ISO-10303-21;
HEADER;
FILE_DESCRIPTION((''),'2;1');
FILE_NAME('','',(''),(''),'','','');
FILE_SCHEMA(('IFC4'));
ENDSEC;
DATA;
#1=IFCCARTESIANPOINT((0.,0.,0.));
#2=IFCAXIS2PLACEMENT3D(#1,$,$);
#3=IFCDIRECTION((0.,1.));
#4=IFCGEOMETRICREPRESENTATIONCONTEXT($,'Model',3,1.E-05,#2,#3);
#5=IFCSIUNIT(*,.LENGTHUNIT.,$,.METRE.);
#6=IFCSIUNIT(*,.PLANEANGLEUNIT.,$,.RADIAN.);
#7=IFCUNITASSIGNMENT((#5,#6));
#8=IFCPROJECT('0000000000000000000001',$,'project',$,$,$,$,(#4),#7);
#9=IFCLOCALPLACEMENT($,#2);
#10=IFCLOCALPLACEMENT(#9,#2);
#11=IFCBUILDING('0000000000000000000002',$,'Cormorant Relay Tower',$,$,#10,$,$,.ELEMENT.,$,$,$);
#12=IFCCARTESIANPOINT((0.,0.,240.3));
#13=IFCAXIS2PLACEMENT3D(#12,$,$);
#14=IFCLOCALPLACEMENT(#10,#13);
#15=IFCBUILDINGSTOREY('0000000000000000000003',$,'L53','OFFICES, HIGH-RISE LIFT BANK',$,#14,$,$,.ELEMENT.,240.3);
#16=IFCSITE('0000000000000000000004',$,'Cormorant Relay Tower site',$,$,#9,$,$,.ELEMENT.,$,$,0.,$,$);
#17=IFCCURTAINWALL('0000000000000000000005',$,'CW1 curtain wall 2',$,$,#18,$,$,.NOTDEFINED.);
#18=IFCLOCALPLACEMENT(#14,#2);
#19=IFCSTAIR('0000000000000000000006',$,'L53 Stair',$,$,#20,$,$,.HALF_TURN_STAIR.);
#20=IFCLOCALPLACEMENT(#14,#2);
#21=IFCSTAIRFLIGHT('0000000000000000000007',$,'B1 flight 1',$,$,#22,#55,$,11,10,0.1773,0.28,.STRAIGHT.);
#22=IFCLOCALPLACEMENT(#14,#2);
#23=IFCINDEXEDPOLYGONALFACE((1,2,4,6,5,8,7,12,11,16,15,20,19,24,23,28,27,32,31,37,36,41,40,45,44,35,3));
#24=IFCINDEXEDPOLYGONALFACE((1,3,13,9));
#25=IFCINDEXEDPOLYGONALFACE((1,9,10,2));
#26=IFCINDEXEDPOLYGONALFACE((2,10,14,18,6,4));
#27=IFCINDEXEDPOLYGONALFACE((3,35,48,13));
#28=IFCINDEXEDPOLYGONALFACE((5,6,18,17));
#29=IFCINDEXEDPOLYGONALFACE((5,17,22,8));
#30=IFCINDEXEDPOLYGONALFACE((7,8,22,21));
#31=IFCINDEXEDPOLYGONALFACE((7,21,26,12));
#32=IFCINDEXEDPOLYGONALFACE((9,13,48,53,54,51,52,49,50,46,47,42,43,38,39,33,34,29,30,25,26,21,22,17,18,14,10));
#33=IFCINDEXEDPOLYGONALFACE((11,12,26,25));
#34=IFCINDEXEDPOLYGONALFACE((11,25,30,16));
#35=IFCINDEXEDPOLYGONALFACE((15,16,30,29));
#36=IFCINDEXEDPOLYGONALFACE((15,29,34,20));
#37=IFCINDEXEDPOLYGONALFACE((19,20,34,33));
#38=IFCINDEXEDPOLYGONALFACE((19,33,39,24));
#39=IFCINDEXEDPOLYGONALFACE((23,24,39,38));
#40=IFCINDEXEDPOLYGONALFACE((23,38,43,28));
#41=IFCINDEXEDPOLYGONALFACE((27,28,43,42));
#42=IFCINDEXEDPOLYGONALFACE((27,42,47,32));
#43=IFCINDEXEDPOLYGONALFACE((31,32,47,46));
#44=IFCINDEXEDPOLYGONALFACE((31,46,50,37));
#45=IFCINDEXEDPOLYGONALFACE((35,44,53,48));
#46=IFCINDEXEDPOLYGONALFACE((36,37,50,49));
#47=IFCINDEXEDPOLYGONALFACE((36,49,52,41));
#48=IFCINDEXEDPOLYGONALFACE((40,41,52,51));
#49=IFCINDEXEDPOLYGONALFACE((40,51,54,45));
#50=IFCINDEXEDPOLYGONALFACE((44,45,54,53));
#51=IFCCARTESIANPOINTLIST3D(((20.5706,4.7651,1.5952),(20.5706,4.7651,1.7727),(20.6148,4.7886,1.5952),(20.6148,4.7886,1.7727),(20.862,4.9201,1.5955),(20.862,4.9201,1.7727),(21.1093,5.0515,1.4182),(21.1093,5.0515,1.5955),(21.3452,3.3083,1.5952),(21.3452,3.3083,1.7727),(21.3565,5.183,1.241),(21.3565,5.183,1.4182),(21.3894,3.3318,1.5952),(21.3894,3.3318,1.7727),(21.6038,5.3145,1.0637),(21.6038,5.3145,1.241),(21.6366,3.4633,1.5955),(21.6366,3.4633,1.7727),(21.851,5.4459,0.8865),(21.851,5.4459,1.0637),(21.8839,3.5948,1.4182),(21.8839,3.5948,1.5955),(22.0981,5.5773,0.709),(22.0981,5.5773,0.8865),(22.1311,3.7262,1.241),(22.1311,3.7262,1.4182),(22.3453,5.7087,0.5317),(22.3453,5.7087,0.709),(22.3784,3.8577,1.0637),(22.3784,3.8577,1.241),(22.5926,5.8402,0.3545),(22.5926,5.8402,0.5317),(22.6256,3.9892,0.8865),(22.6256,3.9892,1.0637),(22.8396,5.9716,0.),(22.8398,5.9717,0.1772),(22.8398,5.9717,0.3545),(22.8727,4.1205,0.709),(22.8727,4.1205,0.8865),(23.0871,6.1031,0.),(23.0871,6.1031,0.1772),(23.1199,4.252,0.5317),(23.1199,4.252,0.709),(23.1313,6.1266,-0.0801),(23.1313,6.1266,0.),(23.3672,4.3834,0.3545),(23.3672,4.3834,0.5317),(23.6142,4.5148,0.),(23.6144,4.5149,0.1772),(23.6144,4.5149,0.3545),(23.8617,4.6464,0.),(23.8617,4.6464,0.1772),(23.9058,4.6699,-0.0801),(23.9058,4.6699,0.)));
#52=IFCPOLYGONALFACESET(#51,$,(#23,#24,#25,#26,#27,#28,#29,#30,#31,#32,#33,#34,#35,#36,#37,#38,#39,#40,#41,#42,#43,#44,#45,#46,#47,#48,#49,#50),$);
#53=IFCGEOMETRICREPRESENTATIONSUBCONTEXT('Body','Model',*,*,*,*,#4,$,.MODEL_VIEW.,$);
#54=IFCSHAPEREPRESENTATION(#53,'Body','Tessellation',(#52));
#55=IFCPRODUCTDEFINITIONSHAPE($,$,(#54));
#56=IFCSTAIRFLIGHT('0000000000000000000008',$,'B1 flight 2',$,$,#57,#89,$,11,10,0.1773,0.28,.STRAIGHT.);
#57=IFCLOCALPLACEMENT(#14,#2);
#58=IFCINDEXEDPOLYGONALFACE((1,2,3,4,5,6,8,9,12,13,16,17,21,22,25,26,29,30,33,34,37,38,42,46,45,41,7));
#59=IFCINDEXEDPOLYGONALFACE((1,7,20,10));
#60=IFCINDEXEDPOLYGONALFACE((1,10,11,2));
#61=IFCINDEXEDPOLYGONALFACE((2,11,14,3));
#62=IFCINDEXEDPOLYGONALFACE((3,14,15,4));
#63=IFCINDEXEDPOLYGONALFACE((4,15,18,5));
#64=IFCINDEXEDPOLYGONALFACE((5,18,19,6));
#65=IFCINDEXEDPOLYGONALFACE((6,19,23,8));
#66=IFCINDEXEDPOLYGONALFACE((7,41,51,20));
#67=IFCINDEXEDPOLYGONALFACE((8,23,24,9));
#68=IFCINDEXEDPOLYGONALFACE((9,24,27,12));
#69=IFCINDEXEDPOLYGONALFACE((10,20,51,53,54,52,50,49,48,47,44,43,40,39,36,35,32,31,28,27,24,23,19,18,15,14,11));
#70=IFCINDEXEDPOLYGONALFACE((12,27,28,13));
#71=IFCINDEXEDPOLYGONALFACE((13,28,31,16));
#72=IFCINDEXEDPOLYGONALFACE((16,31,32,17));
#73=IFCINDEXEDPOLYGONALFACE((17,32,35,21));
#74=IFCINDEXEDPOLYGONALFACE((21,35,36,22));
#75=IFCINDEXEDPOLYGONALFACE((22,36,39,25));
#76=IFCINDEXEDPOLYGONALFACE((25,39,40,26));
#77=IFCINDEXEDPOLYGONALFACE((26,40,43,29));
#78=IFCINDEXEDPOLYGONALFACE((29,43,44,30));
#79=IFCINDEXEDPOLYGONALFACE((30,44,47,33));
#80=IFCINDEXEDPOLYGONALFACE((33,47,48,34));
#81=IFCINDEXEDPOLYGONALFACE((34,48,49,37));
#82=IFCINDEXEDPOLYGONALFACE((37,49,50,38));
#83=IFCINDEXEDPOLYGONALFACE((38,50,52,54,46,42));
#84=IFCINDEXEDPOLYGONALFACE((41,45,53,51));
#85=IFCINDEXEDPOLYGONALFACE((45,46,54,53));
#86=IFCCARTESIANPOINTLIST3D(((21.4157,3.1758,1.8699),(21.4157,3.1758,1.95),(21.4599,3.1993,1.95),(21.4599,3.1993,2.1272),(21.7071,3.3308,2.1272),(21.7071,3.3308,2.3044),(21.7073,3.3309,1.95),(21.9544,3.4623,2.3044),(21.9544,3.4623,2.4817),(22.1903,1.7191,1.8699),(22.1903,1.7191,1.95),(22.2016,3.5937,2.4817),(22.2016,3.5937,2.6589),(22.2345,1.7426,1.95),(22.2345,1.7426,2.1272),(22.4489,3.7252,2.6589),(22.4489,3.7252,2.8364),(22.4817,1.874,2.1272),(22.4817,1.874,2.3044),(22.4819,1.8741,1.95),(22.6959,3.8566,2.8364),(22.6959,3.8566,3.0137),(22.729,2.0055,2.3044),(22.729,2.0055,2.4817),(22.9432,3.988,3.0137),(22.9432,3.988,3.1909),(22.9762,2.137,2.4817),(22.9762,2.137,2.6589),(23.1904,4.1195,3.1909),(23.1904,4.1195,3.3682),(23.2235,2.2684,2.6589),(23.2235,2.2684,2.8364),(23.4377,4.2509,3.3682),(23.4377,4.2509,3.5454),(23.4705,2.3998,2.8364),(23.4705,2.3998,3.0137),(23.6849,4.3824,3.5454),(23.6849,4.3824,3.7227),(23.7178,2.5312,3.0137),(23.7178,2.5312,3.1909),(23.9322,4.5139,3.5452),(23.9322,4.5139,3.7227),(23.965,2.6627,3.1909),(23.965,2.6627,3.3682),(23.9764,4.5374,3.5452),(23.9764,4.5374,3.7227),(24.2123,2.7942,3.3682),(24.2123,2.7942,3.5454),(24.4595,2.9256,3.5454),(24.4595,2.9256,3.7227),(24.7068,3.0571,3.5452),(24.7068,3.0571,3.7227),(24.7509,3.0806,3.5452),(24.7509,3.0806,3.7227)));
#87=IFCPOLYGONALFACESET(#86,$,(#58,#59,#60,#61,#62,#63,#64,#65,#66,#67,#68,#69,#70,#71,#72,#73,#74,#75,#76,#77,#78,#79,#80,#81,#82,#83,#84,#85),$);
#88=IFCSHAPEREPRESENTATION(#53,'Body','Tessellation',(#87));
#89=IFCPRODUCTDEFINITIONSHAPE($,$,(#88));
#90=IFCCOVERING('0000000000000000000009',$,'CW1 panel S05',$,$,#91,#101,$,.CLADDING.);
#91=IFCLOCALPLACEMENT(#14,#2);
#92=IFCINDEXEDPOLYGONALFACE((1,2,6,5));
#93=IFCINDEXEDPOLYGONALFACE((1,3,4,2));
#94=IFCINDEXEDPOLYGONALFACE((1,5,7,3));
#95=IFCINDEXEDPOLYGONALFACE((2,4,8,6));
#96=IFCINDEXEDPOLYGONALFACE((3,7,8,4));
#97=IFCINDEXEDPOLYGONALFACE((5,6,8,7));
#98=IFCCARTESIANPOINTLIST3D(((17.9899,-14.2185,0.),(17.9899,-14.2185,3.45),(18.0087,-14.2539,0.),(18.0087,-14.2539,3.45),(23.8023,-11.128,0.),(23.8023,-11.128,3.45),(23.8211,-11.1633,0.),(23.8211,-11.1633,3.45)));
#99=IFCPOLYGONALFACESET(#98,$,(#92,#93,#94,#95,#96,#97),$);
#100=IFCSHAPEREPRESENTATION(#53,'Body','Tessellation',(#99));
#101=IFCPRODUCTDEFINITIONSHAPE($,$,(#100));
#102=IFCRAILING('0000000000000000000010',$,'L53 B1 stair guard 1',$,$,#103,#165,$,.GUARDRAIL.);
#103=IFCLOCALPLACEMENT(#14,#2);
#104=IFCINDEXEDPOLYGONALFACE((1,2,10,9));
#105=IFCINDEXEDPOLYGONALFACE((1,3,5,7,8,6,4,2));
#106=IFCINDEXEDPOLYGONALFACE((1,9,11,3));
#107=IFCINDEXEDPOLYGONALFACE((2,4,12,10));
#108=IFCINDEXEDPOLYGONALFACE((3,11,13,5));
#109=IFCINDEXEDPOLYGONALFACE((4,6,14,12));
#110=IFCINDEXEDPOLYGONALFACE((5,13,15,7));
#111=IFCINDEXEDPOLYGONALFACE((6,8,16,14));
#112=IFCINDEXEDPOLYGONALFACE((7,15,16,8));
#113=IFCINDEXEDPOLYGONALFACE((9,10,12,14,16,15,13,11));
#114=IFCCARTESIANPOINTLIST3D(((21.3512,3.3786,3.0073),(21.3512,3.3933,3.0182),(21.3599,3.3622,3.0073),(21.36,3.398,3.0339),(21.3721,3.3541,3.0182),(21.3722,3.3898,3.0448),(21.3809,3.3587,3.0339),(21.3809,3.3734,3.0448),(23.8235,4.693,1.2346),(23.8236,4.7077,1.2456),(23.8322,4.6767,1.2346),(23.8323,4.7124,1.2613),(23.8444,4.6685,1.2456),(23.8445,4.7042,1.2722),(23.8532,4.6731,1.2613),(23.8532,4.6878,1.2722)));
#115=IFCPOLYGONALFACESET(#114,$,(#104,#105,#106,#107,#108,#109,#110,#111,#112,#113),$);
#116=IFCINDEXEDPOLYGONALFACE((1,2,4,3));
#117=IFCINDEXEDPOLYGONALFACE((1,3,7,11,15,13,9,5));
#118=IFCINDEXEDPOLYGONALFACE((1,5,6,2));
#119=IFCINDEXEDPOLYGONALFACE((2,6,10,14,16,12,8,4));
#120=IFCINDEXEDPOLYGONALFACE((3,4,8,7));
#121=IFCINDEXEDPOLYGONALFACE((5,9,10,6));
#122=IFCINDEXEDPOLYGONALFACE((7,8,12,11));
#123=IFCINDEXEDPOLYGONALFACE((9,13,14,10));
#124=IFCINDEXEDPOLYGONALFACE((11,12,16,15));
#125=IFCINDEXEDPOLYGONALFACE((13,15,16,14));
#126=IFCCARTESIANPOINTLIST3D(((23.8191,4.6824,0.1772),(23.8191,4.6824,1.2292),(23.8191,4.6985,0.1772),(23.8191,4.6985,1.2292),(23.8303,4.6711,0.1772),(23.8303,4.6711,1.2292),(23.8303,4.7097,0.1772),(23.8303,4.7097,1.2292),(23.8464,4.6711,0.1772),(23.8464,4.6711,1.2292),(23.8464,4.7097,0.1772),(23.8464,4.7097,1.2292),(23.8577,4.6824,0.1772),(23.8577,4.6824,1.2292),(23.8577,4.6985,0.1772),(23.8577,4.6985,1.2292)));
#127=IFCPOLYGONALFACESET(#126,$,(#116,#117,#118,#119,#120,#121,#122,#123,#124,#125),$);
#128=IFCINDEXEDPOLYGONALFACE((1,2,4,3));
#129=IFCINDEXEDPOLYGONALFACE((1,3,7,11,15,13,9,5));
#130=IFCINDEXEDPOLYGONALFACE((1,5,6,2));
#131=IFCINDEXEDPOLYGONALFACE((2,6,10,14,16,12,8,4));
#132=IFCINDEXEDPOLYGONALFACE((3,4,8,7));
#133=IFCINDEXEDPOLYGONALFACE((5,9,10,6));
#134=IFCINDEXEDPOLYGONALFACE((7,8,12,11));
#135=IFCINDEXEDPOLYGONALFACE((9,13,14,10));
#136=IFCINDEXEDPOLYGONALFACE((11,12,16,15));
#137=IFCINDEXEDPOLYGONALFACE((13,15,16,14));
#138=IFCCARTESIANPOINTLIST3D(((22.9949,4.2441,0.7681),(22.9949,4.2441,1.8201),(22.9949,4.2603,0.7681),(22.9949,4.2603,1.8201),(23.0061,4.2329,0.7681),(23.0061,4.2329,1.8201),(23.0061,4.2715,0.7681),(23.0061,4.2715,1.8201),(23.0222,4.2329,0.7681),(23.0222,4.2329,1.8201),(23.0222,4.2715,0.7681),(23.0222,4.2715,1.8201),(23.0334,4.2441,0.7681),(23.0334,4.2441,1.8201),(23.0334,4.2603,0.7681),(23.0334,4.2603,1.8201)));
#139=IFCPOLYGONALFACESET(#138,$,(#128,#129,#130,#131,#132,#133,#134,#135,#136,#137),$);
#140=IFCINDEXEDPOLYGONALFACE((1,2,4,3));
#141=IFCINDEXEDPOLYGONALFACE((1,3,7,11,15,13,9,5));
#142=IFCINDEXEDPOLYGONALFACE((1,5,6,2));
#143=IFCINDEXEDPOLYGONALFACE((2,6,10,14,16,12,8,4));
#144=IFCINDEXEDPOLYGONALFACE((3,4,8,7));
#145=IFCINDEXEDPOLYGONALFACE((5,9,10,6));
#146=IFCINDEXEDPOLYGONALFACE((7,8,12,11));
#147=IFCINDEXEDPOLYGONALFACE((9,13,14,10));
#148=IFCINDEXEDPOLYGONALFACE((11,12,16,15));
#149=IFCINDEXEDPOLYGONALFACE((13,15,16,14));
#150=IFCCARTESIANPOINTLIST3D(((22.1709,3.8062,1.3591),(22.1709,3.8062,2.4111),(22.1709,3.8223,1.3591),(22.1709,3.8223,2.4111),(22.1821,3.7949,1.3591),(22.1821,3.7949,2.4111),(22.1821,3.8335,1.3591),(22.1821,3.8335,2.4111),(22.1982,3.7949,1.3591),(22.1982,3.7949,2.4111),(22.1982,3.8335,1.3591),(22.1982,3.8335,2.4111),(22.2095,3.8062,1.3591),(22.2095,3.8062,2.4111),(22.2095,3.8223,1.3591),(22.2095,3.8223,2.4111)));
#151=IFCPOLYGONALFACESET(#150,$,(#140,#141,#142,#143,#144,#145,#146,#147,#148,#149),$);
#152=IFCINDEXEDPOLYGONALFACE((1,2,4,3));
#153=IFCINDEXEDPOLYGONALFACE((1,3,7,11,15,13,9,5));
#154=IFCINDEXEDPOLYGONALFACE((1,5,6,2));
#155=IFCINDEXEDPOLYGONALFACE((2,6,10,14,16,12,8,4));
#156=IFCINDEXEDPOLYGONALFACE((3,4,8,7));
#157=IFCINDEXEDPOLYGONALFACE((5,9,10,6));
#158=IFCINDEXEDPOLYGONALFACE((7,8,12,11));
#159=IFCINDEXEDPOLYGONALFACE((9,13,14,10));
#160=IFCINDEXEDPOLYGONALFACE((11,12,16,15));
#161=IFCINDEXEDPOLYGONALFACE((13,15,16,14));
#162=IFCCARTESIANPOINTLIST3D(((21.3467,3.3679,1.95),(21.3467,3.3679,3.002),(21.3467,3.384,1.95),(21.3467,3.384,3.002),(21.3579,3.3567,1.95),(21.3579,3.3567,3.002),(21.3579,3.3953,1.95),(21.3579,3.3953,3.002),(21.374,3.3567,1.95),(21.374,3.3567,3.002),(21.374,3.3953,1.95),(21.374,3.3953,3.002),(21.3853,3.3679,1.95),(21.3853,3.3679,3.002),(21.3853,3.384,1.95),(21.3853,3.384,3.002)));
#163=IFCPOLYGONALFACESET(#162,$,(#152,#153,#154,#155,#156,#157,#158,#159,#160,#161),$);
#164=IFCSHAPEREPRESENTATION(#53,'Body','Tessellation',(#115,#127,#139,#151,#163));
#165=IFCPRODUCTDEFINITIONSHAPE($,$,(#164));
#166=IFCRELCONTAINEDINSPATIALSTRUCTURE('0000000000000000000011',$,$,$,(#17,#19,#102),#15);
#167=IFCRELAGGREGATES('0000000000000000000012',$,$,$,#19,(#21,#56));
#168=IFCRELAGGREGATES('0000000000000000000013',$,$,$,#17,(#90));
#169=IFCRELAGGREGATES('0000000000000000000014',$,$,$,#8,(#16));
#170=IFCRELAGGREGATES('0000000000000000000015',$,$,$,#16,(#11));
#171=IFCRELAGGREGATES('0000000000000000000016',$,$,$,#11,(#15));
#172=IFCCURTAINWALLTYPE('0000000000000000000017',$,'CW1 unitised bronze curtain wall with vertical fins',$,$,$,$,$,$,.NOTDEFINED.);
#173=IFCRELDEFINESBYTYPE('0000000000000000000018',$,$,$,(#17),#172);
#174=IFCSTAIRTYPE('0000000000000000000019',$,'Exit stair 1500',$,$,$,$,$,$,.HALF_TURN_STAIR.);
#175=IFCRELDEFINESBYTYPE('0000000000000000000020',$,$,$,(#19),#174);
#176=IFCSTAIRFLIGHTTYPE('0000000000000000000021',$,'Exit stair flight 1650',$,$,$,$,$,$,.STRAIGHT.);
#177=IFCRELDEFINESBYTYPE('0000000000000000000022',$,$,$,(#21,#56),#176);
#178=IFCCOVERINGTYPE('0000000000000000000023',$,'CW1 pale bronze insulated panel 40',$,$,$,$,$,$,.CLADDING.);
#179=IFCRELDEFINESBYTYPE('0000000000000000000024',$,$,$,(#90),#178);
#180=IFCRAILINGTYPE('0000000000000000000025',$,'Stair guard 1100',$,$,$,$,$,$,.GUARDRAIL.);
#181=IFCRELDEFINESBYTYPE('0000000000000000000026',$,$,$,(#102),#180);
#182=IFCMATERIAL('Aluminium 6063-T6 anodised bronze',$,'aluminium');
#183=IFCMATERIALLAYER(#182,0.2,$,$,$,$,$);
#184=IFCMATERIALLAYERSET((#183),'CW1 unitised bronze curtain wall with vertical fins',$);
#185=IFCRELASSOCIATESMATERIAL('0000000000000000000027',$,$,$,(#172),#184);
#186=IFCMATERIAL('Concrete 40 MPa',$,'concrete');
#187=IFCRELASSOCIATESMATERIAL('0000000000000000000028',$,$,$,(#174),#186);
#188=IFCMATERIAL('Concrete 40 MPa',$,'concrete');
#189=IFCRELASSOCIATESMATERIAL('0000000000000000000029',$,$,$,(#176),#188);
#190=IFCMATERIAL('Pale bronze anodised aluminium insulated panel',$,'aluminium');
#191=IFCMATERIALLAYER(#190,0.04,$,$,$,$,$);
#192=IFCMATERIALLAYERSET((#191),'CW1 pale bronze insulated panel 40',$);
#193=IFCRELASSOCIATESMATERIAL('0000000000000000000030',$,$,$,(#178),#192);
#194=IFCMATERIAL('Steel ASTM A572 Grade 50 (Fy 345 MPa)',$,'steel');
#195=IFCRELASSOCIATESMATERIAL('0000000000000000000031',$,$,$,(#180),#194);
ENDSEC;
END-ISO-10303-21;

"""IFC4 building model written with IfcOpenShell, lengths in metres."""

from ifc_helpers import new_model, si_unit, direction, frame, origin, origin_2d, place, context, subcontext, project, spatial, polyline, rectangle, outline, extrude, material, layer, layer_set, type_object, element, aggregate, save


model = new_model("IFC4")

# Units and contexts
model_context = context("Model", 3, precision=1e-05, world=origin(), true_north=direction((0.0, 1.0)))
body_context = subcontext(model_context, "Body", "Model", "MODEL_VIEW")
ifc_project = project(units=[si_unit("LENGTHUNIT", "METRE"), si_unit("PLANEANGLEUNIT", "RADIAN")], contexts=[model_context])

# Site, building, storey
site_placement = place(None, origin())
site = spatial("IfcSite", under=ifc_project, at=site_placement, Name="Cormorant Relay Tower site", CompositionType="ELEMENT", RefElevation=0.0)
building_placement = place(site_placement, origin())
building = spatial("IfcBuilding", under=site, at=building_placement, Name="Cormorant Relay Tower", CompositionType="ELEMENT")
storey_placement = place(building_placement, frame((0.0, 0.0, 240.3)))
storey = spatial("IfcBuildingStorey", under=building, at=storey_placement, Name="L53", Description="OFFICES, HIGH-RISE LIFT BANK", CompositionType="ELEMENT", Elevation=240.3)

# Curtain wall
ifc_material_1 = material(Name="Aluminium 6063-T6 anodised bronze", Category="aluminium")
ifc_layer_1 = layer(ifc_material_1, 0.2)
ifc_layer_set_1 = layer_set([ifc_layer_1], Name="CW1 unitised bronze curtain wall with vertical fins")
curtain_wall_type = type_object("IfcCurtainWallType", Name="CW1 unitised bronze curtain wall with vertical fins", PredefinedType="NOTDEFINED", material=ifc_layer_set_1)
curtain_wall_placement = place(storey_placement, origin())
curtain_wall = element("IfcCurtainWall", 1, at=curtain_wall_placement, inside=storey, type_object=curtain_wall_type, Name="CW1 curtain wall 2", PredefinedType="NOTDEFINED")

# Stair, stair flights
ifc_material_2 = material(Name="Concrete 40 MPa", Category="concrete")
stair_type = type_object("IfcStairType", Name="Exit stair 1500", PredefinedType="HALF_TURN_STAIR", material=ifc_material_2)
stair_placement = place(storey_placement, origin())
stair = element("IfcStair", 2, at=stair_placement, inside=storey, type_object=stair_type, Name="L53 Stair", PredefinedType="HALF_TURN_STAIR")
ifc_material_3 = material(Name="Concrete 40 MPa", Category="concrete")
stair_flight_type = type_object("IfcStairFlightType", Name="Exit stair flight 1650", PredefinedType="STRAIGHT", material=ifc_material_3)
stair_flight_1_placement = place(storey_placement, frame((23.4744, 5.3748, 0.0), z_axis=(0.0, 0.0, 1.0), x_axis=(-0.882948, -0.469472, 0.0)))
stair_flight_1 = element("IfcStairFlight", 3, at=stair_flight_1_placement, type_object=stair_flight_type, Name="B1 flight 1", NumberOfRisers=11, NumberOfTreads=10, PredefinedType="STRAIGHT", RiserHeight=0.1773, TreadLength=0.28, context=body_context, shape_type="SweptSolid", body=[
    extrude(outline(polyline([(-0.05, -0.0801), (-0.05, 0.0), (0.0, 0.0), (0.0, 0.1772), (0.28, 0.1772), (0.28, 0.3545), (0.5601, 0.3545), (0.5601, 0.5317), (0.8401, 0.5317), (0.8401, 0.709), (1.1201, 0.709), (1.1201, 0.8865), (1.3999, 0.8865), (1.3999, 1.0637), (1.6799, 1.0637), (1.6799, 1.241), (1.96, 1.241), (1.96, 1.4182), (2.24, 1.4182), (2.24, 1.5955), (2.52, 1.5955), (2.52, 1.7727), (2.8, 1.7727), (2.8501, 1.7727), (2.8501, 1.5952), (2.8, 1.5952), (0.2803, 0.0), (-0.05, -0.0801)])), frame((0.0, 0.825, 0.0), z_axis=(0.0, -1.0, 0.0), x_axis=(1.0, 0.0, 0.0)), (0.0, 0.0, 1.0), 1.6499),
])
stair_flight_2_placement = place(storey_placement, frame((21.8472, 2.4709, 1.95), z_axis=(0.0, 0.0, 1.0), x_axis=(0.882948, 0.469472, 0.0)))
stair_flight_2 = element("IfcStairFlight", 4, at=stair_flight_2_placement, type_object=stair_flight_type, Name="B1 flight 2", NumberOfRisers=11, NumberOfTreads=10, PredefinedType="STRAIGHT", RiserHeight=0.1773, TreadLength=0.28, context=body_context, shape_type="SweptSolid", body=[
    extrude(outline(polyline([(-0.05, -0.0801), (-0.05, 0.0), (0.0, 0.0), (0.0, 0.1772), (0.28, 0.1772), (0.28, 0.3545), (0.5601, 0.3545), (0.5601, 0.5317), (0.8401, 0.5317), (0.8401, 0.709), (1.1201, 0.709), (1.1201, 0.8865), (1.3999, 0.8865), (1.3999, 1.0637), (1.6799, 1.0637), (1.6799, 1.241), (1.96, 1.241), (1.96, 1.4182), (2.24, 1.4182), (2.24, 1.5955), (2.52, 1.5955), (2.52, 1.7727), (2.8, 1.7727), (2.8501, 1.7727), (2.8501, 1.5952), (2.8, 1.5952), (0.2803, 0.0), (-0.05, -0.0801)])), frame((0.0, 0.825, 0.0), z_axis=(0.0, -1.0, 0.0), x_axis=(1.0, 0.0, 0.0)), (0.0, 0.0, 1.0), 1.6499),
])
aggregate(stair, [stair_flight_1, stair_flight_2])

# Covering
ifc_material_4 = material(Name="Pale bronze anodised aluminium insulated panel", Category="aluminium")
ifc_layer_2 = layer(ifc_material_4, 0.04)
ifc_layer_set_2 = layer_set([ifc_layer_2], Name="CW1 pale bronze insulated panel 40")
covering_type = type_object("IfcCoveringType", Name="CW1 pale bronze insulated panel 40", PredefinedType="CLADDING", material=ifc_layer_set_2)
covering_placement = place(storey_placement, frame((20.9055, -12.6909, 0.0), z_axis=(0.0, 0.0, 1.0), x_axis=(0.882948, 0.469472, 0.0)))
covering = element("IfcCovering", 5, at=covering_placement, type_object=covering_type, Name="CW1 panel S05", PredefinedType="CLADDING", context=body_context, shape_type="SweptSolid", body=[
    extrude(rectangle(XDim=6.583, YDim=0.04, at=origin_2d()), origin(), (0.0, 0.0, 1.0), 3.45),
])
aggregate(curtain_wall, [covering])

# Railing
ifc_material_5 = material(Name="Steel ASTM A572 Grade 50 (Fy 345 MPa)", Category="steel")
railing_type_1 = type_object("IfcRailingType", Name="Stair guard 1100", PredefinedType="GUARDRAIL", material=ifc_material_5)
railing_1_placement = place(storey_placement, frame((23.8384, 4.6904, 0.1772)))
element("IfcRailing", 6, at=railing_1_placement, inside=storey, type_object=railing_type_1, Name="L53 B1 stair guard 1", PredefinedType="GUARDRAIL", context=body_context, shape_type="SweptSolid", body=[
    extrude(outline(polyline([(0.0222, 0.0093), (0.0093, 0.0222), (-0.0093, 0.0222), (-0.0222, 0.0093), (-0.0222, -0.0093), (-0.0093, -0.0222), (0.0093, -0.0222), (0.0222, -0.0093), (0.0222, 0.0093)])), frame((0.0, 0.0, 1.0762), z_axis=(-0.746034, -0.396627, 0.534902), x_axis=(0.469429, -0.88297, 0.0)), (0.0, 0.0, 1.0), 3.314),
    extrude(outline(polyline([(0.0193, 0.0081), (0.0081, 0.0193), (-0.0081, 0.0193), (-0.0193, 0.0081), (-0.0193, -0.0081), (-0.0081, -0.0193), (0.0081, -0.0193), (0.0193, -0.0081), (0.0193, 0.0081)])), origin(), (0.0, 0.0, 1.0), 1.052),
    extrude(outline(polyline([(0.0193, 0.0081), (0.0081, 0.0193), (-0.0081, 0.0193), (-0.0193, 0.0081), (-0.0193, -0.0081), (-0.0081, -0.0193), (0.0081, -0.0193), (0.0193, -0.0081), (0.0193, 0.0081)])), frame((-0.8242, -0.4382, 0.5908)), (0.0, 0.0, 1.0), 1.052),
    extrude(outline(polyline([(0.0193, 0.0081), (0.0081, 0.0193), (-0.0081, 0.0193), (-0.0193, 0.0081), (-0.0193, -0.0081), (-0.0081, -0.0193), (0.0081, -0.0193), (0.0193, -0.0081), (0.0193, 0.0081)])), frame((-1.6482, -0.8762, 1.1819)), (0.0, 0.0, 1.0), 1.052),
    extrude(outline(polyline([(0.0193, 0.0081), (0.0081, 0.0193), (-0.0081, 0.0193), (-0.0193, 0.0081), (-0.0193, -0.0081), (-0.0081, -0.0193), (0.0081, -0.0193), (0.0193, -0.0081), (0.0193, 0.0081)])), frame((-2.4724, -1.3145, 1.7727)), (0.0, 0.0, 1.0), 1.052),
])

save(model, "model.ifc")
